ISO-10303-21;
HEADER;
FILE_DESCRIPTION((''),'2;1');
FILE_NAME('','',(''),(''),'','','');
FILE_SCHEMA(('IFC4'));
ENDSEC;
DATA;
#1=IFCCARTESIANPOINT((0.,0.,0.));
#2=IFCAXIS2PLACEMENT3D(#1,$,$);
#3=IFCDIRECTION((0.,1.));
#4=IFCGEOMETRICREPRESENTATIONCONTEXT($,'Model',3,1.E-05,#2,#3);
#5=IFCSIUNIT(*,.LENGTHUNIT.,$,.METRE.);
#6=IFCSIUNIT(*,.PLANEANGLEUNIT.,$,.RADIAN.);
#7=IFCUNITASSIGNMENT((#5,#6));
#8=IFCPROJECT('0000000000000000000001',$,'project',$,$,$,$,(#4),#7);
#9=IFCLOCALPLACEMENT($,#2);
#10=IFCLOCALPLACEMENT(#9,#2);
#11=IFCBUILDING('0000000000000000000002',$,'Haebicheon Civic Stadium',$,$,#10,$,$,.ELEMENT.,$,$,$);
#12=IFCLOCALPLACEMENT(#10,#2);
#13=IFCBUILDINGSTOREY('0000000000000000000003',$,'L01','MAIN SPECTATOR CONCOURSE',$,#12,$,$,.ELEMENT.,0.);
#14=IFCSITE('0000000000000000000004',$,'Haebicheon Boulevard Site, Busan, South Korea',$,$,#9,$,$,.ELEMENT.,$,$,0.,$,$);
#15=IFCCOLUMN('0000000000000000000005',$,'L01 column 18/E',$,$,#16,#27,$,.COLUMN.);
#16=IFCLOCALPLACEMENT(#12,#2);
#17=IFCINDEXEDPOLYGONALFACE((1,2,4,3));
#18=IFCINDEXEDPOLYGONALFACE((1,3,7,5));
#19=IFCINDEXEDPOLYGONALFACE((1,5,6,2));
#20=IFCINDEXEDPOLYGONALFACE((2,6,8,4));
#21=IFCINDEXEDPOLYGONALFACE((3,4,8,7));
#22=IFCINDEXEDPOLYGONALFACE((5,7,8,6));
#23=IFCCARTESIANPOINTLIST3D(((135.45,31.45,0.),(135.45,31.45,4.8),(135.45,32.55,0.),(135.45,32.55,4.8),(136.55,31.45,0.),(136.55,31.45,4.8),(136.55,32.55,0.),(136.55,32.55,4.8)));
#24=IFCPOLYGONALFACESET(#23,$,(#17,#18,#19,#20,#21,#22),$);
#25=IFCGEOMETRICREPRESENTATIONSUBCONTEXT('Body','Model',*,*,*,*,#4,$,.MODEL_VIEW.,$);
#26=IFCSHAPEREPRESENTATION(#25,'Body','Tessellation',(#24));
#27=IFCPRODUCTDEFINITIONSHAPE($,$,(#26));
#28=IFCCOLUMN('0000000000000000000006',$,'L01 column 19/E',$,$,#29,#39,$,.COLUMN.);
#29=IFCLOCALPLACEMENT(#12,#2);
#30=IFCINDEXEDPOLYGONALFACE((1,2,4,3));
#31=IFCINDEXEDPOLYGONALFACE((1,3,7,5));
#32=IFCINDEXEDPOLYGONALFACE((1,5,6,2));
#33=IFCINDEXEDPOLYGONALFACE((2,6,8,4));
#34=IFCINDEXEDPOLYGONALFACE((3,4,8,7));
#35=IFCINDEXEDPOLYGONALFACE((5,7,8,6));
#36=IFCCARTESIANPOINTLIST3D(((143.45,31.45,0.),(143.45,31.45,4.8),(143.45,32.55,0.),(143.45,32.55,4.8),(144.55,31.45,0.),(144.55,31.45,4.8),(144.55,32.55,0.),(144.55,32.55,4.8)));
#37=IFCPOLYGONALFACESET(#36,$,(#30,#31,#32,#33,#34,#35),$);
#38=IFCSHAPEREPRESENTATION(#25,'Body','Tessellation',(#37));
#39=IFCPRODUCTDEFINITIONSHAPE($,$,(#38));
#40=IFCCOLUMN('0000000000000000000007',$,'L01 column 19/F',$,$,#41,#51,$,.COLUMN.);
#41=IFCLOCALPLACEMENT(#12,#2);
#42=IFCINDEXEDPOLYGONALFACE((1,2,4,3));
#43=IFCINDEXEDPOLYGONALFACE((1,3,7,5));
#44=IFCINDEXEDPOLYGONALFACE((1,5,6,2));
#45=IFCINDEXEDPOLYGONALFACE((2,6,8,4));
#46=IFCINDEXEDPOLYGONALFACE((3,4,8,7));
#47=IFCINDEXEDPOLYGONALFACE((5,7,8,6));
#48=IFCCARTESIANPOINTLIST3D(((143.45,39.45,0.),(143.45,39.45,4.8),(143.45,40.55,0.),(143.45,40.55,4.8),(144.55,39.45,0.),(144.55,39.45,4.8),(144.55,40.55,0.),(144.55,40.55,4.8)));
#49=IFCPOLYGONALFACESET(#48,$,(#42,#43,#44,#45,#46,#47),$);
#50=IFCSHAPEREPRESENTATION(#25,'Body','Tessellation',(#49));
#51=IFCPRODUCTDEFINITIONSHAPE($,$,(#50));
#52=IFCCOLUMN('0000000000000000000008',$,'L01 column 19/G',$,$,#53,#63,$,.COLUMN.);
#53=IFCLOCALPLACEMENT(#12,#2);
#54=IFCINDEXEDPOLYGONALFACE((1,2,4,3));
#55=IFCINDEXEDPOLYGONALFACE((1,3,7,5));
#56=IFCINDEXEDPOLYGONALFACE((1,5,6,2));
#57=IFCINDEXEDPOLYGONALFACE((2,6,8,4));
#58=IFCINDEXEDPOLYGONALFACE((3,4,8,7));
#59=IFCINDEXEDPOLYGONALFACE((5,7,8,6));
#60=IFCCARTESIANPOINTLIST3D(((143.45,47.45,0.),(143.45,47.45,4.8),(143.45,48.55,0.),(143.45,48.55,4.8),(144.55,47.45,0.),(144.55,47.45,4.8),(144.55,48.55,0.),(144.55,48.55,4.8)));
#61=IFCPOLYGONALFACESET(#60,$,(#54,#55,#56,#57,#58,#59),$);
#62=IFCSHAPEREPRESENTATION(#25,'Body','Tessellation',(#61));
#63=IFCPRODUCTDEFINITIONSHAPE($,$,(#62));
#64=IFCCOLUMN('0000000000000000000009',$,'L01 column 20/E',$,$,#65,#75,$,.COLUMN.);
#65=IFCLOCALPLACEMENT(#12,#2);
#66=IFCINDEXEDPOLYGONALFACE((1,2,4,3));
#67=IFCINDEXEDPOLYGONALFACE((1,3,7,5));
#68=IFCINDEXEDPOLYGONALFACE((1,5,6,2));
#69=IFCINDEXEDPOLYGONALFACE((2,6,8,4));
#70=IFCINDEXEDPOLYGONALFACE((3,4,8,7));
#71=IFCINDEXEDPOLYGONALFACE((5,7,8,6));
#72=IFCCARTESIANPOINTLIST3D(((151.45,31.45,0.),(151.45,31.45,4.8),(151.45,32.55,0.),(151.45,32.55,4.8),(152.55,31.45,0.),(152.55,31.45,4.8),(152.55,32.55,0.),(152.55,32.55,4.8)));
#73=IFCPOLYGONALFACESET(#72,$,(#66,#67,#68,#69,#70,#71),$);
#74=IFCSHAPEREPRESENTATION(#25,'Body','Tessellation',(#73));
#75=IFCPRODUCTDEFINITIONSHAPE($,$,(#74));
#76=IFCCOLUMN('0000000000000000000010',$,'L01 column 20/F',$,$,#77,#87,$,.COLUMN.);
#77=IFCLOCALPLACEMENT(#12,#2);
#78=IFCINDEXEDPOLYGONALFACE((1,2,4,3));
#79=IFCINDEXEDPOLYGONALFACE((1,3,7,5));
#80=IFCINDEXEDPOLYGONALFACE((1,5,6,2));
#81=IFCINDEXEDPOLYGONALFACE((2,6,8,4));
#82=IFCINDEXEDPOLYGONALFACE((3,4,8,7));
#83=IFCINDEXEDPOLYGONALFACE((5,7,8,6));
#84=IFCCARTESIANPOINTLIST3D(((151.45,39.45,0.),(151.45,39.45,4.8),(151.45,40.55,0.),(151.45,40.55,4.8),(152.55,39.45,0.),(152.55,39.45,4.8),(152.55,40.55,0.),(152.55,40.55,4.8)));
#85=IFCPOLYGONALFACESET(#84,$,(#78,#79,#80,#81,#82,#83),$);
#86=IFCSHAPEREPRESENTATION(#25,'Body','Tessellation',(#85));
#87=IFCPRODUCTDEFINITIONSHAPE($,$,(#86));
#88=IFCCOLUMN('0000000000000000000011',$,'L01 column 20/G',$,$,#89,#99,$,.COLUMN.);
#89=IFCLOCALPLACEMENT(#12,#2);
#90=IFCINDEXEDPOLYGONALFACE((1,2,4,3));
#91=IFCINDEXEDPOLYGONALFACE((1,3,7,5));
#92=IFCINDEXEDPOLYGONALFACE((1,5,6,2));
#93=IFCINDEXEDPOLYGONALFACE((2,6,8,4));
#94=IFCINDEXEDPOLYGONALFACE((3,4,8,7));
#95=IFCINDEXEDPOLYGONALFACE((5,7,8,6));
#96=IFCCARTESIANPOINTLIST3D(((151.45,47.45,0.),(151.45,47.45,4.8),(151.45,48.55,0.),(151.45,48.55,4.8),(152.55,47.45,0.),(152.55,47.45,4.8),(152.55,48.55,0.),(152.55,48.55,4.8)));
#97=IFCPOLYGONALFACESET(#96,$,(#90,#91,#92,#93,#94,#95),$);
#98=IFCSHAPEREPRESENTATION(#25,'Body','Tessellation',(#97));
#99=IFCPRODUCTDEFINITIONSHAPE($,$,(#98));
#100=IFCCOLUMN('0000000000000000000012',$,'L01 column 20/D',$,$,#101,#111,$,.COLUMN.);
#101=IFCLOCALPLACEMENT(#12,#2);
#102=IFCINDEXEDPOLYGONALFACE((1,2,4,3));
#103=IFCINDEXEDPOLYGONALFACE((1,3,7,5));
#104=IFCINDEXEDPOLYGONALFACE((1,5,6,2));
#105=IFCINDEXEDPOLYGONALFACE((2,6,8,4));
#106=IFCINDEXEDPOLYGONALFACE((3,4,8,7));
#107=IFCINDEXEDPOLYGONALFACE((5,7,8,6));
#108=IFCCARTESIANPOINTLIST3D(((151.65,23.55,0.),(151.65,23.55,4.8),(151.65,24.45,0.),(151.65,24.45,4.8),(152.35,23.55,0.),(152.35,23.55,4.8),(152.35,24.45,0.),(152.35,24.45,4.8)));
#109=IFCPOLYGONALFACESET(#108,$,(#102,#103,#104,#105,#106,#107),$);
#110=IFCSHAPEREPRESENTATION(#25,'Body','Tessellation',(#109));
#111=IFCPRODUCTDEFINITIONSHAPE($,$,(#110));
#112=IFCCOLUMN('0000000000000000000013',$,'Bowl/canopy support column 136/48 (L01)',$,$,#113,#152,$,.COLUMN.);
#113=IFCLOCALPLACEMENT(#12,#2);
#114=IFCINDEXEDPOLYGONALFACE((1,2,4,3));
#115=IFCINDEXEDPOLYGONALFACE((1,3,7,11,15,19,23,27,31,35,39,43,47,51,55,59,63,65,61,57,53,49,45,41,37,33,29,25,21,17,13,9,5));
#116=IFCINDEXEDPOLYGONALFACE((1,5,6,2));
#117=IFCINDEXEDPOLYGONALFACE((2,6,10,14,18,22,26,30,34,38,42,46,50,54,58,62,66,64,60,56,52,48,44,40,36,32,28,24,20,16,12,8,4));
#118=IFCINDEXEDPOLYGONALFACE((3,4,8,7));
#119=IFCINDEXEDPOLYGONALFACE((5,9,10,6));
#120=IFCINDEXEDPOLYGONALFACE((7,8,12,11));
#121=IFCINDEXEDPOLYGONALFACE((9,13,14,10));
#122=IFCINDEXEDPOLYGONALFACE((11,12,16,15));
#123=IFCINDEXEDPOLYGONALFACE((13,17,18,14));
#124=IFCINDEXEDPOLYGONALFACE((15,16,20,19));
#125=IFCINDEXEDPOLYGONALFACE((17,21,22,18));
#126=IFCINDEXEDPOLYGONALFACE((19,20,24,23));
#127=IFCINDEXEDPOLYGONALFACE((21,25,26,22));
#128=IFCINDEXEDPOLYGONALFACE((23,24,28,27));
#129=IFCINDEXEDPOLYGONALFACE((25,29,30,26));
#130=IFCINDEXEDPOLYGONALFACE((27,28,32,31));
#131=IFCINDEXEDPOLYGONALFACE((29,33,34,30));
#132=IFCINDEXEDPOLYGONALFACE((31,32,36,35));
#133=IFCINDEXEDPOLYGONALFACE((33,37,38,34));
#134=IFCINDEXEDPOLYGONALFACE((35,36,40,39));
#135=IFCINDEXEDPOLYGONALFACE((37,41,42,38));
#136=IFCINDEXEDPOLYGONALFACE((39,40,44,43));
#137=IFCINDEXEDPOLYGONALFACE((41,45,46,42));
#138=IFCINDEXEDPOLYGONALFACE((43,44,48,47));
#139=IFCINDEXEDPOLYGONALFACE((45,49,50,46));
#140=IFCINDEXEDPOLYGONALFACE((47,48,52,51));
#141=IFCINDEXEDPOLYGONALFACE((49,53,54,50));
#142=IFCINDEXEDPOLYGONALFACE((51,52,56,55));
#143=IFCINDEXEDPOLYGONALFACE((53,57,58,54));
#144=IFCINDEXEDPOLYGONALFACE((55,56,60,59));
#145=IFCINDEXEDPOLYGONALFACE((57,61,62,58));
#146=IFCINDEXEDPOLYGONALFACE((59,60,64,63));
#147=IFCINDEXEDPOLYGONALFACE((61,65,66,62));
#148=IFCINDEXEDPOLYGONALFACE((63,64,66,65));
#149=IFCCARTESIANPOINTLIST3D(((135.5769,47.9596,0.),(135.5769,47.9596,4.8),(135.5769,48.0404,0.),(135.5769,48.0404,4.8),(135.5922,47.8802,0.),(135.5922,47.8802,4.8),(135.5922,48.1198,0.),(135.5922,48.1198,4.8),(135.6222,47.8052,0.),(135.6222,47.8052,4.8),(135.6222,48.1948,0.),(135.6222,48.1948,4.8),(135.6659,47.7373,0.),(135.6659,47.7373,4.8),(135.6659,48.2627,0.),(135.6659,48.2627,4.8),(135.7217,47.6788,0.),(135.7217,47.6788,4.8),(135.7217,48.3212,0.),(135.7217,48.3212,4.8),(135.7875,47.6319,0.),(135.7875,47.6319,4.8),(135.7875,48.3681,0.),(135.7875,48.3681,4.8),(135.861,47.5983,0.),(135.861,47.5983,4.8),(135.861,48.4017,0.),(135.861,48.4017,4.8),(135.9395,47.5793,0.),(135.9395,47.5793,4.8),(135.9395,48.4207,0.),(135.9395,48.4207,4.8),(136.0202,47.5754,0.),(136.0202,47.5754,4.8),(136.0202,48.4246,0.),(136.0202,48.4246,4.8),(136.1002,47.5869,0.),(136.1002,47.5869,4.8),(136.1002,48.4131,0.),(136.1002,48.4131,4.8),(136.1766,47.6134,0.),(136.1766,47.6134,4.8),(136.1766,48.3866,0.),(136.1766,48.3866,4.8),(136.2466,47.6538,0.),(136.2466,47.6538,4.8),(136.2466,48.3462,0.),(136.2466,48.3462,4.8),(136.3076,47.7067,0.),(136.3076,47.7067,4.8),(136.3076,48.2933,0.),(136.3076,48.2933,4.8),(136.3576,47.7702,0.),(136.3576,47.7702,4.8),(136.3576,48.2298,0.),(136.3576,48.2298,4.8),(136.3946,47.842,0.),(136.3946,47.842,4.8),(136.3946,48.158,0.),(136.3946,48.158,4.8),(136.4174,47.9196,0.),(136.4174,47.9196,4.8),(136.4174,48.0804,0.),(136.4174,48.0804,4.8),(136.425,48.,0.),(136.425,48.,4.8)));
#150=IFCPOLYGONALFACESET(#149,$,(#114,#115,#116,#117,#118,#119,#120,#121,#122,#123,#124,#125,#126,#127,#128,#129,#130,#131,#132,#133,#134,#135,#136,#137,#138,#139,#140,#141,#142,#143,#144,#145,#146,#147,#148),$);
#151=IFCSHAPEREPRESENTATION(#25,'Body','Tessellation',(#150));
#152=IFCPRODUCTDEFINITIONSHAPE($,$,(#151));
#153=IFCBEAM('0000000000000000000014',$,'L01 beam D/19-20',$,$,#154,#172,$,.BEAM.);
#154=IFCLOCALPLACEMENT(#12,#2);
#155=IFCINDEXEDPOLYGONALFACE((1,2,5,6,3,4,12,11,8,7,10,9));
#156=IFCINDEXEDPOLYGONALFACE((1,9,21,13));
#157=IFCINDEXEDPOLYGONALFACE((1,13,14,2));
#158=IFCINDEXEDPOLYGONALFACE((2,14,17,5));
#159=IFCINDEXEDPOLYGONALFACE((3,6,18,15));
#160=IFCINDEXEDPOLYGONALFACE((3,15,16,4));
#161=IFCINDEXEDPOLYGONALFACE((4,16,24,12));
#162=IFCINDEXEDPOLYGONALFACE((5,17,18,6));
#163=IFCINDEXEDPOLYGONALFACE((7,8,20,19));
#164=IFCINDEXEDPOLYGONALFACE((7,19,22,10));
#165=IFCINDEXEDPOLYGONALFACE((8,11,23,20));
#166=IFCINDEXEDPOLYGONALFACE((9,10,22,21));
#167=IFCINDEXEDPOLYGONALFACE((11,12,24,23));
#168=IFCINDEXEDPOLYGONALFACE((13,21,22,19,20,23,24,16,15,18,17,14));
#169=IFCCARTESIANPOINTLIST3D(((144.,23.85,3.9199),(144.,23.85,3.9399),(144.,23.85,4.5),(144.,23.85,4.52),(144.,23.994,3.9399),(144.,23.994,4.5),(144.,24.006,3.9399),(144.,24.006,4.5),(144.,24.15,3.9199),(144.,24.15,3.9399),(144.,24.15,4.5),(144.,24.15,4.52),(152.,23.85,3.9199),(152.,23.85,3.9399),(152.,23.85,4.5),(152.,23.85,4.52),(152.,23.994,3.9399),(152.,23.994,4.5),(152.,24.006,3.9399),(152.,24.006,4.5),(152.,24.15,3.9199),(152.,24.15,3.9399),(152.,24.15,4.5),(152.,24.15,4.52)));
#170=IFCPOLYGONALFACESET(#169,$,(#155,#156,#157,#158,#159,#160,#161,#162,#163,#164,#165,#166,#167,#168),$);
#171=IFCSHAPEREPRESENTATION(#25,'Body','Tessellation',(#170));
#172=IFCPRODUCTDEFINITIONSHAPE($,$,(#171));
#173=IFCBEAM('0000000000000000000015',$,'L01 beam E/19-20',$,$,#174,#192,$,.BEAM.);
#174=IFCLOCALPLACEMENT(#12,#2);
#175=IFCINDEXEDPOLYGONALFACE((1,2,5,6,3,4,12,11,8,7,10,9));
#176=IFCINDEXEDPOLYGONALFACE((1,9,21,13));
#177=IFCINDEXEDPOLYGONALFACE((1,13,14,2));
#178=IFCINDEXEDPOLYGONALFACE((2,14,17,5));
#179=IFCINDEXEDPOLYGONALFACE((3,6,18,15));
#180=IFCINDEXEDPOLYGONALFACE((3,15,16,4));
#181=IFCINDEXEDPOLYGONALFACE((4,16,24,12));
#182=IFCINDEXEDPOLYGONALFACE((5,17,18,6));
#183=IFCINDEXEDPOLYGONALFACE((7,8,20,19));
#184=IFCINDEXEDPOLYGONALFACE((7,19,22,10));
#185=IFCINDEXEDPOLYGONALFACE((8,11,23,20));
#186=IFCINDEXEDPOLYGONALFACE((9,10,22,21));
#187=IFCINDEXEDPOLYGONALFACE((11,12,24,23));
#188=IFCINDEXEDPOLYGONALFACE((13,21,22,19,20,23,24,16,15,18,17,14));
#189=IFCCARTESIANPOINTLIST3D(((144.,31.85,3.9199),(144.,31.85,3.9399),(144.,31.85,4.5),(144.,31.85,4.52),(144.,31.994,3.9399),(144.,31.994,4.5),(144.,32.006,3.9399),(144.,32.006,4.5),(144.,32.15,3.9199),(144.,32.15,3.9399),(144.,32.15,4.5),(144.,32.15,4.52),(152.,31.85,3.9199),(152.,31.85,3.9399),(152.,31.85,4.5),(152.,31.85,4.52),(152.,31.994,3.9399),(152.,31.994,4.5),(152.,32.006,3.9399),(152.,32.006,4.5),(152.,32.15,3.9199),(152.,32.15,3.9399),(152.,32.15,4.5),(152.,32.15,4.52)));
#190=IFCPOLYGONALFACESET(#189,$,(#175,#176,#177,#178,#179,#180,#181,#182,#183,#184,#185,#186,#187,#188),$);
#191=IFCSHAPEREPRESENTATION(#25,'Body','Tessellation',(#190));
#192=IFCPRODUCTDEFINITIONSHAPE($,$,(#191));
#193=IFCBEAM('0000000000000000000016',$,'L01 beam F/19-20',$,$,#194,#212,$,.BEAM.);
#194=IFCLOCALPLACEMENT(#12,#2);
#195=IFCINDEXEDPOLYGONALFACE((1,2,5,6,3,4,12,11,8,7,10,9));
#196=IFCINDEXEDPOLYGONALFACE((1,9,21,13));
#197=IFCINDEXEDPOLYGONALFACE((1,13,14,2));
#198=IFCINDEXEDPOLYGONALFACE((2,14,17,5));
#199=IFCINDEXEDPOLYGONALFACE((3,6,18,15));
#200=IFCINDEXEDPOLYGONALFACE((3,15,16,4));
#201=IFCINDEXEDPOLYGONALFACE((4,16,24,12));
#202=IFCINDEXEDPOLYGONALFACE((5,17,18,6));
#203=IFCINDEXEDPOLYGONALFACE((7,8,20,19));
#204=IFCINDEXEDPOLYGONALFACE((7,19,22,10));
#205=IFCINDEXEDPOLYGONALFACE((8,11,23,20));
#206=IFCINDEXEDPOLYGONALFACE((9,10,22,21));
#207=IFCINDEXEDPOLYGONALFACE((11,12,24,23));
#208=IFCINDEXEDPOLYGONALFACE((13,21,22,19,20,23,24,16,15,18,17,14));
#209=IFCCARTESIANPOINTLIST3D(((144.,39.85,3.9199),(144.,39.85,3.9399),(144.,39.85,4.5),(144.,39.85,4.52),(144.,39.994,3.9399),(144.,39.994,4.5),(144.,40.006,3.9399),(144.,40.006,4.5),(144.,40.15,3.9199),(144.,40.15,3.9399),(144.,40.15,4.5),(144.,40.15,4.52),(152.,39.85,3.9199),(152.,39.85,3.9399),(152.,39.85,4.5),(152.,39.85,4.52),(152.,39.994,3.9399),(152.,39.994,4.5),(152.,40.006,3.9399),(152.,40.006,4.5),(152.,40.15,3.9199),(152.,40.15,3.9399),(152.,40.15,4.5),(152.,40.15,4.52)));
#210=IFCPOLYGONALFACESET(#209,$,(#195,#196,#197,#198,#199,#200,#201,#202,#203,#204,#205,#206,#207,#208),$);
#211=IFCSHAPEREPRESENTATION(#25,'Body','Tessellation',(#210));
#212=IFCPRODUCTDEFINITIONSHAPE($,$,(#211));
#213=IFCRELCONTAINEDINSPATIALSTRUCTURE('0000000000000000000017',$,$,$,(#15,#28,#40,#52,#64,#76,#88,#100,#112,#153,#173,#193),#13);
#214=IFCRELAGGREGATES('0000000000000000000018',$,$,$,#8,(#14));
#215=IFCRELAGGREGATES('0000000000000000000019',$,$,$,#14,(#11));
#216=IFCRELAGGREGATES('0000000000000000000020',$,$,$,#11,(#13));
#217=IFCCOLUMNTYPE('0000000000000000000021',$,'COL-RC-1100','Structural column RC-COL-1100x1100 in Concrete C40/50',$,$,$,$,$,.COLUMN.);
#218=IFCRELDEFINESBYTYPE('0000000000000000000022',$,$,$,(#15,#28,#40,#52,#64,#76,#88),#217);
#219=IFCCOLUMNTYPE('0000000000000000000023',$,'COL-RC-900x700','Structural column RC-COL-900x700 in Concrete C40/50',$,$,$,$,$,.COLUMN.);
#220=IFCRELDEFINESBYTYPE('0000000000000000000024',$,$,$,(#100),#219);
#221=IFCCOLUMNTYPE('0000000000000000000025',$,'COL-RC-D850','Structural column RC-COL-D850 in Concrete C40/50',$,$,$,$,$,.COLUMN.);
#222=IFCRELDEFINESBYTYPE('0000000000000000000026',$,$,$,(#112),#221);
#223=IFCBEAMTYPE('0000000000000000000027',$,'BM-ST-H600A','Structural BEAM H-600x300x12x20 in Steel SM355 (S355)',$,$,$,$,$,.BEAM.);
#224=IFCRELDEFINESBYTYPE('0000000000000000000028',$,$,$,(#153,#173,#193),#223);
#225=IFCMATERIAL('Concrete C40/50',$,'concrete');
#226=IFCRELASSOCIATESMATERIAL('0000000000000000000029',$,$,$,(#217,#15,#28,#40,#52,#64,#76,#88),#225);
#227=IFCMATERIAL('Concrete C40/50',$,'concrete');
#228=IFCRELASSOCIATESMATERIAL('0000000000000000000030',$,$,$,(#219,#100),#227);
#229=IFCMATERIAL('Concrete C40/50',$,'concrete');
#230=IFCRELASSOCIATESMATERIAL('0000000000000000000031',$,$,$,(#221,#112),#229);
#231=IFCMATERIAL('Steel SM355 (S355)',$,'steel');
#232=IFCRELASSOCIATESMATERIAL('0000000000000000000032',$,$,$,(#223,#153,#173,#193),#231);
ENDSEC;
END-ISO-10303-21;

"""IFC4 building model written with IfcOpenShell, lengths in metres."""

from ifc_helpers import new_model, si_unit, direction, frame, origin, origin_2d, place, context, subcontext, project, spatial, rectangle, circle, i_section, extrude, material, material_profile, profile_set, type_object, element, save


model = new_model("IFC4")

# Units and contexts
model_context = context("Model", 3, precision=1e-05, world=origin(), true_north=direction((0.0, 1.0)))
body_context = subcontext(model_context, "Body", "Model", "MODEL_VIEW")
ifc_project = project(units=[si_unit("LENGTHUNIT", "METRE"), si_unit("PLANEANGLEUNIT", "RADIAN")], contexts=[model_context])

# Site, building, storey
site_placement = place(None, origin())
site = spatial("IfcSite", under=ifc_project, at=site_placement, Name="Haebicheon Boulevard Site, Busan, South Korea", CompositionType="ELEMENT", RefElevation=0.0)
building_placement = place(site_placement, origin())
building = spatial("IfcBuilding", under=site, at=building_placement, Name="Haebicheon Civic Stadium", CompositionType="ELEMENT")
storey_placement = place(building_placement, origin())
storey = spatial("IfcBuildingStorey", under=building, at=storey_placement, Name="L01", Description="MAIN SPECTATOR CONCOURSE", CompositionType="ELEMENT", Elevation=0.0)

# Columns
ifc_material_1 = material(Name="Concrete C40/50", Category="concrete")
ifc_material_profile_1 = material_profile(ifc_material_1, rectangle(XDim=1.1001, YDim=1.1001, at=origin_2d()), Name="RC-COL-1100x1100")
ifc_profile_set_1 = profile_set([ifc_material_profile_1], Name="Concrete C40/50")
column_type_1 = type_object("IfcColumnType", Name="COL-RC-1100", Description="Structural column RC-COL-1100x1100 in Concrete C40/50", PredefinedType="COLUMN", material=ifc_profile_set_1)
for number, where, z_axis, x_axis, name in (
    (1, (136.0, 32.0, 0.0), (0.0, 0.0, 1.0), (1.0, 0.0, 0.0), "L01 column 18/E"),
    (2, (144.0, 32.0, 0.0), (0.0, 0.0, 1.0), (1.0, 0.0, 0.0), "L01 column 19/E"),
    (3, (144.0, 40.0, 0.0), (0.0, 0.0, 1.0), (1.0, 0.0, 0.0), "L01 column 19/F"),
    (4, (144.0, 48.0, 0.0), (0.0, 0.0, 1.0), (1.0, 0.0, 0.0), "L01 column 19/G"),
    (5, (152.0, 32.0, 0.0), (0.0, 0.0, 1.0), (1.0, 0.0, 0.0), "L01 column 20/E"),
    (6, (152.0, 40.0, 0.0), (0.0, 0.0, 1.0), (1.0, 0.0, 0.0), "L01 column 20/F"),
    (7, (152.0, 48.0, 0.0), (0.0, 0.0, 1.0), (1.0, 0.0, 0.0), "L01 column 20/G"),
):
    element("IfcColumn", number, at=place(storey_placement, frame(where, z_axis=z_axis, x_axis=x_axis)), inside=storey, type_object=column_type_1, material=ifc_profile_set_1, Name=name, PredefinedType="COLUMN", context=body_context, shape_type="SweptSolid", body=[
        extrude(rectangle(XDim=1.1001, YDim=1.1001, at=origin_2d()), origin(), (0.0, 0.0, 1.0), 4.8),
    ])
ifc_material_2 = material(Name="Concrete C40/50", Category="concrete")
ifc_material_profile_2 = material_profile(ifc_material_2, rectangle(XDim=0.7, YDim=0.8999, at=origin_2d()), Name="RC-COL-900x700")
ifc_profile_set_2 = profile_set([ifc_material_profile_2], Name="Concrete C40/50")
column_type_2 = type_object("IfcColumnType", Name="COL-RC-900x700", Description="Structural column RC-COL-900x700 in Concrete C40/50", PredefinedType="COLUMN", material=ifc_profile_set_2)
column_1_placement = place(storey_placement, frame((152.0, 24.0, 0.0), z_axis=(0.0, 0.0, 1.0), x_axis=(1.0, 0.0, 0.0)))
element("IfcColumn", 8, at=column_1_placement, inside=storey, type_object=column_type_2, material=ifc_profile_set_2, Name="L01 column 20/D", PredefinedType="COLUMN", context=body_context, shape_type="SweptSolid", body=[
    extrude(rectangle(XDim=0.7, YDim=0.8999, at=origin_2d()), origin(), (0.0, 0.0, 1.0), 4.8),
])
ifc_material_3 = material(Name="Concrete C40/50", Category="concrete")
ifc_material_profile_3 = material_profile(ifc_material_3, circle(Radius=0.425, at=origin_2d()), Name="RC-COL-D850")
ifc_profile_set_3 = profile_set([ifc_material_profile_3], Name="Concrete C40/50")
column_type_3 = type_object("IfcColumnType", Name="COL-RC-D850", Description="Structural column RC-COL-D850 in Concrete C40/50", PredefinedType="COLUMN", material=ifc_profile_set_3)
column_2_placement = place(storey_placement, frame((136.0, 48.0, 0.0), z_axis=(0.0, 0.0, 1.0), x_axis=(1.0, 0.0, 0.0)))
element("IfcColumn", 9, at=column_2_placement, inside=storey, type_object=column_type_3, material=ifc_profile_set_3, Name="Bowl/canopy support column 136/48 (L01)", PredefinedType="COLUMN", context=body_context, shape_type="SweptSolid", body=[
    extrude(circle(Radius=0.425, at=origin_2d()), origin(), (0.0, 0.0, 1.0), 4.8),
])

# Beams
ifc_material_4 = material(Name="Steel SM355 (S355)", Category="steel")
ifc_material_profile_4 = material_profile(ifc_material_4, i_section(OverallWidth=0.3, OverallDepth=0.6001, WebThickness=0.012, FlangeThickness=0.02, at=origin_2d()), Name="H-600x300x12x20")
ifc_profile_set_4 = profile_set([ifc_material_profile_4], Name="Steel SM355 (S355)")
beam_type_1 = type_object("IfcBeamType", Name="BM-ST-H600A", Description="Structural BEAM H-600x300x12x20 in Steel SM355 (S355)", PredefinedType="BEAM", material=ifc_profile_set_4)
for number, where, z_axis, x_axis, name in (
    (10, (144.0, 24.0, 4.22), (1.0, 0.0, 0.0), (0.0, 1.0, 0.0), "L01 beam D/19-20"),
    (11, (144.0, 32.0, 4.22), (1.0, 0.0, 0.0), (0.0, 1.0, 0.0), "L01 beam E/19-20"),
    (12, (144.0, 40.0, 4.22), (1.0, 0.0, 0.0), (0.0, 1.0, 0.0), "L01 beam F/19-20"),
):
    element("IfcBeam", number, at=place(storey_placement, frame(where, z_axis=z_axis, x_axis=x_axis)), inside=storey, type_object=beam_type_1, material=ifc_profile_set_4, Name=name, PredefinedType="BEAM", context=body_context, shape_type="SweptSolid", body=[
        extrude(i_section(OverallWidth=0.3, OverallDepth=0.6001, WebThickness=0.012, FlangeThickness=0.02, at=origin_2d()), origin(), (0.0, 0.0, 1.0), 8.0),
    ])

save(model, "model.ifc")
